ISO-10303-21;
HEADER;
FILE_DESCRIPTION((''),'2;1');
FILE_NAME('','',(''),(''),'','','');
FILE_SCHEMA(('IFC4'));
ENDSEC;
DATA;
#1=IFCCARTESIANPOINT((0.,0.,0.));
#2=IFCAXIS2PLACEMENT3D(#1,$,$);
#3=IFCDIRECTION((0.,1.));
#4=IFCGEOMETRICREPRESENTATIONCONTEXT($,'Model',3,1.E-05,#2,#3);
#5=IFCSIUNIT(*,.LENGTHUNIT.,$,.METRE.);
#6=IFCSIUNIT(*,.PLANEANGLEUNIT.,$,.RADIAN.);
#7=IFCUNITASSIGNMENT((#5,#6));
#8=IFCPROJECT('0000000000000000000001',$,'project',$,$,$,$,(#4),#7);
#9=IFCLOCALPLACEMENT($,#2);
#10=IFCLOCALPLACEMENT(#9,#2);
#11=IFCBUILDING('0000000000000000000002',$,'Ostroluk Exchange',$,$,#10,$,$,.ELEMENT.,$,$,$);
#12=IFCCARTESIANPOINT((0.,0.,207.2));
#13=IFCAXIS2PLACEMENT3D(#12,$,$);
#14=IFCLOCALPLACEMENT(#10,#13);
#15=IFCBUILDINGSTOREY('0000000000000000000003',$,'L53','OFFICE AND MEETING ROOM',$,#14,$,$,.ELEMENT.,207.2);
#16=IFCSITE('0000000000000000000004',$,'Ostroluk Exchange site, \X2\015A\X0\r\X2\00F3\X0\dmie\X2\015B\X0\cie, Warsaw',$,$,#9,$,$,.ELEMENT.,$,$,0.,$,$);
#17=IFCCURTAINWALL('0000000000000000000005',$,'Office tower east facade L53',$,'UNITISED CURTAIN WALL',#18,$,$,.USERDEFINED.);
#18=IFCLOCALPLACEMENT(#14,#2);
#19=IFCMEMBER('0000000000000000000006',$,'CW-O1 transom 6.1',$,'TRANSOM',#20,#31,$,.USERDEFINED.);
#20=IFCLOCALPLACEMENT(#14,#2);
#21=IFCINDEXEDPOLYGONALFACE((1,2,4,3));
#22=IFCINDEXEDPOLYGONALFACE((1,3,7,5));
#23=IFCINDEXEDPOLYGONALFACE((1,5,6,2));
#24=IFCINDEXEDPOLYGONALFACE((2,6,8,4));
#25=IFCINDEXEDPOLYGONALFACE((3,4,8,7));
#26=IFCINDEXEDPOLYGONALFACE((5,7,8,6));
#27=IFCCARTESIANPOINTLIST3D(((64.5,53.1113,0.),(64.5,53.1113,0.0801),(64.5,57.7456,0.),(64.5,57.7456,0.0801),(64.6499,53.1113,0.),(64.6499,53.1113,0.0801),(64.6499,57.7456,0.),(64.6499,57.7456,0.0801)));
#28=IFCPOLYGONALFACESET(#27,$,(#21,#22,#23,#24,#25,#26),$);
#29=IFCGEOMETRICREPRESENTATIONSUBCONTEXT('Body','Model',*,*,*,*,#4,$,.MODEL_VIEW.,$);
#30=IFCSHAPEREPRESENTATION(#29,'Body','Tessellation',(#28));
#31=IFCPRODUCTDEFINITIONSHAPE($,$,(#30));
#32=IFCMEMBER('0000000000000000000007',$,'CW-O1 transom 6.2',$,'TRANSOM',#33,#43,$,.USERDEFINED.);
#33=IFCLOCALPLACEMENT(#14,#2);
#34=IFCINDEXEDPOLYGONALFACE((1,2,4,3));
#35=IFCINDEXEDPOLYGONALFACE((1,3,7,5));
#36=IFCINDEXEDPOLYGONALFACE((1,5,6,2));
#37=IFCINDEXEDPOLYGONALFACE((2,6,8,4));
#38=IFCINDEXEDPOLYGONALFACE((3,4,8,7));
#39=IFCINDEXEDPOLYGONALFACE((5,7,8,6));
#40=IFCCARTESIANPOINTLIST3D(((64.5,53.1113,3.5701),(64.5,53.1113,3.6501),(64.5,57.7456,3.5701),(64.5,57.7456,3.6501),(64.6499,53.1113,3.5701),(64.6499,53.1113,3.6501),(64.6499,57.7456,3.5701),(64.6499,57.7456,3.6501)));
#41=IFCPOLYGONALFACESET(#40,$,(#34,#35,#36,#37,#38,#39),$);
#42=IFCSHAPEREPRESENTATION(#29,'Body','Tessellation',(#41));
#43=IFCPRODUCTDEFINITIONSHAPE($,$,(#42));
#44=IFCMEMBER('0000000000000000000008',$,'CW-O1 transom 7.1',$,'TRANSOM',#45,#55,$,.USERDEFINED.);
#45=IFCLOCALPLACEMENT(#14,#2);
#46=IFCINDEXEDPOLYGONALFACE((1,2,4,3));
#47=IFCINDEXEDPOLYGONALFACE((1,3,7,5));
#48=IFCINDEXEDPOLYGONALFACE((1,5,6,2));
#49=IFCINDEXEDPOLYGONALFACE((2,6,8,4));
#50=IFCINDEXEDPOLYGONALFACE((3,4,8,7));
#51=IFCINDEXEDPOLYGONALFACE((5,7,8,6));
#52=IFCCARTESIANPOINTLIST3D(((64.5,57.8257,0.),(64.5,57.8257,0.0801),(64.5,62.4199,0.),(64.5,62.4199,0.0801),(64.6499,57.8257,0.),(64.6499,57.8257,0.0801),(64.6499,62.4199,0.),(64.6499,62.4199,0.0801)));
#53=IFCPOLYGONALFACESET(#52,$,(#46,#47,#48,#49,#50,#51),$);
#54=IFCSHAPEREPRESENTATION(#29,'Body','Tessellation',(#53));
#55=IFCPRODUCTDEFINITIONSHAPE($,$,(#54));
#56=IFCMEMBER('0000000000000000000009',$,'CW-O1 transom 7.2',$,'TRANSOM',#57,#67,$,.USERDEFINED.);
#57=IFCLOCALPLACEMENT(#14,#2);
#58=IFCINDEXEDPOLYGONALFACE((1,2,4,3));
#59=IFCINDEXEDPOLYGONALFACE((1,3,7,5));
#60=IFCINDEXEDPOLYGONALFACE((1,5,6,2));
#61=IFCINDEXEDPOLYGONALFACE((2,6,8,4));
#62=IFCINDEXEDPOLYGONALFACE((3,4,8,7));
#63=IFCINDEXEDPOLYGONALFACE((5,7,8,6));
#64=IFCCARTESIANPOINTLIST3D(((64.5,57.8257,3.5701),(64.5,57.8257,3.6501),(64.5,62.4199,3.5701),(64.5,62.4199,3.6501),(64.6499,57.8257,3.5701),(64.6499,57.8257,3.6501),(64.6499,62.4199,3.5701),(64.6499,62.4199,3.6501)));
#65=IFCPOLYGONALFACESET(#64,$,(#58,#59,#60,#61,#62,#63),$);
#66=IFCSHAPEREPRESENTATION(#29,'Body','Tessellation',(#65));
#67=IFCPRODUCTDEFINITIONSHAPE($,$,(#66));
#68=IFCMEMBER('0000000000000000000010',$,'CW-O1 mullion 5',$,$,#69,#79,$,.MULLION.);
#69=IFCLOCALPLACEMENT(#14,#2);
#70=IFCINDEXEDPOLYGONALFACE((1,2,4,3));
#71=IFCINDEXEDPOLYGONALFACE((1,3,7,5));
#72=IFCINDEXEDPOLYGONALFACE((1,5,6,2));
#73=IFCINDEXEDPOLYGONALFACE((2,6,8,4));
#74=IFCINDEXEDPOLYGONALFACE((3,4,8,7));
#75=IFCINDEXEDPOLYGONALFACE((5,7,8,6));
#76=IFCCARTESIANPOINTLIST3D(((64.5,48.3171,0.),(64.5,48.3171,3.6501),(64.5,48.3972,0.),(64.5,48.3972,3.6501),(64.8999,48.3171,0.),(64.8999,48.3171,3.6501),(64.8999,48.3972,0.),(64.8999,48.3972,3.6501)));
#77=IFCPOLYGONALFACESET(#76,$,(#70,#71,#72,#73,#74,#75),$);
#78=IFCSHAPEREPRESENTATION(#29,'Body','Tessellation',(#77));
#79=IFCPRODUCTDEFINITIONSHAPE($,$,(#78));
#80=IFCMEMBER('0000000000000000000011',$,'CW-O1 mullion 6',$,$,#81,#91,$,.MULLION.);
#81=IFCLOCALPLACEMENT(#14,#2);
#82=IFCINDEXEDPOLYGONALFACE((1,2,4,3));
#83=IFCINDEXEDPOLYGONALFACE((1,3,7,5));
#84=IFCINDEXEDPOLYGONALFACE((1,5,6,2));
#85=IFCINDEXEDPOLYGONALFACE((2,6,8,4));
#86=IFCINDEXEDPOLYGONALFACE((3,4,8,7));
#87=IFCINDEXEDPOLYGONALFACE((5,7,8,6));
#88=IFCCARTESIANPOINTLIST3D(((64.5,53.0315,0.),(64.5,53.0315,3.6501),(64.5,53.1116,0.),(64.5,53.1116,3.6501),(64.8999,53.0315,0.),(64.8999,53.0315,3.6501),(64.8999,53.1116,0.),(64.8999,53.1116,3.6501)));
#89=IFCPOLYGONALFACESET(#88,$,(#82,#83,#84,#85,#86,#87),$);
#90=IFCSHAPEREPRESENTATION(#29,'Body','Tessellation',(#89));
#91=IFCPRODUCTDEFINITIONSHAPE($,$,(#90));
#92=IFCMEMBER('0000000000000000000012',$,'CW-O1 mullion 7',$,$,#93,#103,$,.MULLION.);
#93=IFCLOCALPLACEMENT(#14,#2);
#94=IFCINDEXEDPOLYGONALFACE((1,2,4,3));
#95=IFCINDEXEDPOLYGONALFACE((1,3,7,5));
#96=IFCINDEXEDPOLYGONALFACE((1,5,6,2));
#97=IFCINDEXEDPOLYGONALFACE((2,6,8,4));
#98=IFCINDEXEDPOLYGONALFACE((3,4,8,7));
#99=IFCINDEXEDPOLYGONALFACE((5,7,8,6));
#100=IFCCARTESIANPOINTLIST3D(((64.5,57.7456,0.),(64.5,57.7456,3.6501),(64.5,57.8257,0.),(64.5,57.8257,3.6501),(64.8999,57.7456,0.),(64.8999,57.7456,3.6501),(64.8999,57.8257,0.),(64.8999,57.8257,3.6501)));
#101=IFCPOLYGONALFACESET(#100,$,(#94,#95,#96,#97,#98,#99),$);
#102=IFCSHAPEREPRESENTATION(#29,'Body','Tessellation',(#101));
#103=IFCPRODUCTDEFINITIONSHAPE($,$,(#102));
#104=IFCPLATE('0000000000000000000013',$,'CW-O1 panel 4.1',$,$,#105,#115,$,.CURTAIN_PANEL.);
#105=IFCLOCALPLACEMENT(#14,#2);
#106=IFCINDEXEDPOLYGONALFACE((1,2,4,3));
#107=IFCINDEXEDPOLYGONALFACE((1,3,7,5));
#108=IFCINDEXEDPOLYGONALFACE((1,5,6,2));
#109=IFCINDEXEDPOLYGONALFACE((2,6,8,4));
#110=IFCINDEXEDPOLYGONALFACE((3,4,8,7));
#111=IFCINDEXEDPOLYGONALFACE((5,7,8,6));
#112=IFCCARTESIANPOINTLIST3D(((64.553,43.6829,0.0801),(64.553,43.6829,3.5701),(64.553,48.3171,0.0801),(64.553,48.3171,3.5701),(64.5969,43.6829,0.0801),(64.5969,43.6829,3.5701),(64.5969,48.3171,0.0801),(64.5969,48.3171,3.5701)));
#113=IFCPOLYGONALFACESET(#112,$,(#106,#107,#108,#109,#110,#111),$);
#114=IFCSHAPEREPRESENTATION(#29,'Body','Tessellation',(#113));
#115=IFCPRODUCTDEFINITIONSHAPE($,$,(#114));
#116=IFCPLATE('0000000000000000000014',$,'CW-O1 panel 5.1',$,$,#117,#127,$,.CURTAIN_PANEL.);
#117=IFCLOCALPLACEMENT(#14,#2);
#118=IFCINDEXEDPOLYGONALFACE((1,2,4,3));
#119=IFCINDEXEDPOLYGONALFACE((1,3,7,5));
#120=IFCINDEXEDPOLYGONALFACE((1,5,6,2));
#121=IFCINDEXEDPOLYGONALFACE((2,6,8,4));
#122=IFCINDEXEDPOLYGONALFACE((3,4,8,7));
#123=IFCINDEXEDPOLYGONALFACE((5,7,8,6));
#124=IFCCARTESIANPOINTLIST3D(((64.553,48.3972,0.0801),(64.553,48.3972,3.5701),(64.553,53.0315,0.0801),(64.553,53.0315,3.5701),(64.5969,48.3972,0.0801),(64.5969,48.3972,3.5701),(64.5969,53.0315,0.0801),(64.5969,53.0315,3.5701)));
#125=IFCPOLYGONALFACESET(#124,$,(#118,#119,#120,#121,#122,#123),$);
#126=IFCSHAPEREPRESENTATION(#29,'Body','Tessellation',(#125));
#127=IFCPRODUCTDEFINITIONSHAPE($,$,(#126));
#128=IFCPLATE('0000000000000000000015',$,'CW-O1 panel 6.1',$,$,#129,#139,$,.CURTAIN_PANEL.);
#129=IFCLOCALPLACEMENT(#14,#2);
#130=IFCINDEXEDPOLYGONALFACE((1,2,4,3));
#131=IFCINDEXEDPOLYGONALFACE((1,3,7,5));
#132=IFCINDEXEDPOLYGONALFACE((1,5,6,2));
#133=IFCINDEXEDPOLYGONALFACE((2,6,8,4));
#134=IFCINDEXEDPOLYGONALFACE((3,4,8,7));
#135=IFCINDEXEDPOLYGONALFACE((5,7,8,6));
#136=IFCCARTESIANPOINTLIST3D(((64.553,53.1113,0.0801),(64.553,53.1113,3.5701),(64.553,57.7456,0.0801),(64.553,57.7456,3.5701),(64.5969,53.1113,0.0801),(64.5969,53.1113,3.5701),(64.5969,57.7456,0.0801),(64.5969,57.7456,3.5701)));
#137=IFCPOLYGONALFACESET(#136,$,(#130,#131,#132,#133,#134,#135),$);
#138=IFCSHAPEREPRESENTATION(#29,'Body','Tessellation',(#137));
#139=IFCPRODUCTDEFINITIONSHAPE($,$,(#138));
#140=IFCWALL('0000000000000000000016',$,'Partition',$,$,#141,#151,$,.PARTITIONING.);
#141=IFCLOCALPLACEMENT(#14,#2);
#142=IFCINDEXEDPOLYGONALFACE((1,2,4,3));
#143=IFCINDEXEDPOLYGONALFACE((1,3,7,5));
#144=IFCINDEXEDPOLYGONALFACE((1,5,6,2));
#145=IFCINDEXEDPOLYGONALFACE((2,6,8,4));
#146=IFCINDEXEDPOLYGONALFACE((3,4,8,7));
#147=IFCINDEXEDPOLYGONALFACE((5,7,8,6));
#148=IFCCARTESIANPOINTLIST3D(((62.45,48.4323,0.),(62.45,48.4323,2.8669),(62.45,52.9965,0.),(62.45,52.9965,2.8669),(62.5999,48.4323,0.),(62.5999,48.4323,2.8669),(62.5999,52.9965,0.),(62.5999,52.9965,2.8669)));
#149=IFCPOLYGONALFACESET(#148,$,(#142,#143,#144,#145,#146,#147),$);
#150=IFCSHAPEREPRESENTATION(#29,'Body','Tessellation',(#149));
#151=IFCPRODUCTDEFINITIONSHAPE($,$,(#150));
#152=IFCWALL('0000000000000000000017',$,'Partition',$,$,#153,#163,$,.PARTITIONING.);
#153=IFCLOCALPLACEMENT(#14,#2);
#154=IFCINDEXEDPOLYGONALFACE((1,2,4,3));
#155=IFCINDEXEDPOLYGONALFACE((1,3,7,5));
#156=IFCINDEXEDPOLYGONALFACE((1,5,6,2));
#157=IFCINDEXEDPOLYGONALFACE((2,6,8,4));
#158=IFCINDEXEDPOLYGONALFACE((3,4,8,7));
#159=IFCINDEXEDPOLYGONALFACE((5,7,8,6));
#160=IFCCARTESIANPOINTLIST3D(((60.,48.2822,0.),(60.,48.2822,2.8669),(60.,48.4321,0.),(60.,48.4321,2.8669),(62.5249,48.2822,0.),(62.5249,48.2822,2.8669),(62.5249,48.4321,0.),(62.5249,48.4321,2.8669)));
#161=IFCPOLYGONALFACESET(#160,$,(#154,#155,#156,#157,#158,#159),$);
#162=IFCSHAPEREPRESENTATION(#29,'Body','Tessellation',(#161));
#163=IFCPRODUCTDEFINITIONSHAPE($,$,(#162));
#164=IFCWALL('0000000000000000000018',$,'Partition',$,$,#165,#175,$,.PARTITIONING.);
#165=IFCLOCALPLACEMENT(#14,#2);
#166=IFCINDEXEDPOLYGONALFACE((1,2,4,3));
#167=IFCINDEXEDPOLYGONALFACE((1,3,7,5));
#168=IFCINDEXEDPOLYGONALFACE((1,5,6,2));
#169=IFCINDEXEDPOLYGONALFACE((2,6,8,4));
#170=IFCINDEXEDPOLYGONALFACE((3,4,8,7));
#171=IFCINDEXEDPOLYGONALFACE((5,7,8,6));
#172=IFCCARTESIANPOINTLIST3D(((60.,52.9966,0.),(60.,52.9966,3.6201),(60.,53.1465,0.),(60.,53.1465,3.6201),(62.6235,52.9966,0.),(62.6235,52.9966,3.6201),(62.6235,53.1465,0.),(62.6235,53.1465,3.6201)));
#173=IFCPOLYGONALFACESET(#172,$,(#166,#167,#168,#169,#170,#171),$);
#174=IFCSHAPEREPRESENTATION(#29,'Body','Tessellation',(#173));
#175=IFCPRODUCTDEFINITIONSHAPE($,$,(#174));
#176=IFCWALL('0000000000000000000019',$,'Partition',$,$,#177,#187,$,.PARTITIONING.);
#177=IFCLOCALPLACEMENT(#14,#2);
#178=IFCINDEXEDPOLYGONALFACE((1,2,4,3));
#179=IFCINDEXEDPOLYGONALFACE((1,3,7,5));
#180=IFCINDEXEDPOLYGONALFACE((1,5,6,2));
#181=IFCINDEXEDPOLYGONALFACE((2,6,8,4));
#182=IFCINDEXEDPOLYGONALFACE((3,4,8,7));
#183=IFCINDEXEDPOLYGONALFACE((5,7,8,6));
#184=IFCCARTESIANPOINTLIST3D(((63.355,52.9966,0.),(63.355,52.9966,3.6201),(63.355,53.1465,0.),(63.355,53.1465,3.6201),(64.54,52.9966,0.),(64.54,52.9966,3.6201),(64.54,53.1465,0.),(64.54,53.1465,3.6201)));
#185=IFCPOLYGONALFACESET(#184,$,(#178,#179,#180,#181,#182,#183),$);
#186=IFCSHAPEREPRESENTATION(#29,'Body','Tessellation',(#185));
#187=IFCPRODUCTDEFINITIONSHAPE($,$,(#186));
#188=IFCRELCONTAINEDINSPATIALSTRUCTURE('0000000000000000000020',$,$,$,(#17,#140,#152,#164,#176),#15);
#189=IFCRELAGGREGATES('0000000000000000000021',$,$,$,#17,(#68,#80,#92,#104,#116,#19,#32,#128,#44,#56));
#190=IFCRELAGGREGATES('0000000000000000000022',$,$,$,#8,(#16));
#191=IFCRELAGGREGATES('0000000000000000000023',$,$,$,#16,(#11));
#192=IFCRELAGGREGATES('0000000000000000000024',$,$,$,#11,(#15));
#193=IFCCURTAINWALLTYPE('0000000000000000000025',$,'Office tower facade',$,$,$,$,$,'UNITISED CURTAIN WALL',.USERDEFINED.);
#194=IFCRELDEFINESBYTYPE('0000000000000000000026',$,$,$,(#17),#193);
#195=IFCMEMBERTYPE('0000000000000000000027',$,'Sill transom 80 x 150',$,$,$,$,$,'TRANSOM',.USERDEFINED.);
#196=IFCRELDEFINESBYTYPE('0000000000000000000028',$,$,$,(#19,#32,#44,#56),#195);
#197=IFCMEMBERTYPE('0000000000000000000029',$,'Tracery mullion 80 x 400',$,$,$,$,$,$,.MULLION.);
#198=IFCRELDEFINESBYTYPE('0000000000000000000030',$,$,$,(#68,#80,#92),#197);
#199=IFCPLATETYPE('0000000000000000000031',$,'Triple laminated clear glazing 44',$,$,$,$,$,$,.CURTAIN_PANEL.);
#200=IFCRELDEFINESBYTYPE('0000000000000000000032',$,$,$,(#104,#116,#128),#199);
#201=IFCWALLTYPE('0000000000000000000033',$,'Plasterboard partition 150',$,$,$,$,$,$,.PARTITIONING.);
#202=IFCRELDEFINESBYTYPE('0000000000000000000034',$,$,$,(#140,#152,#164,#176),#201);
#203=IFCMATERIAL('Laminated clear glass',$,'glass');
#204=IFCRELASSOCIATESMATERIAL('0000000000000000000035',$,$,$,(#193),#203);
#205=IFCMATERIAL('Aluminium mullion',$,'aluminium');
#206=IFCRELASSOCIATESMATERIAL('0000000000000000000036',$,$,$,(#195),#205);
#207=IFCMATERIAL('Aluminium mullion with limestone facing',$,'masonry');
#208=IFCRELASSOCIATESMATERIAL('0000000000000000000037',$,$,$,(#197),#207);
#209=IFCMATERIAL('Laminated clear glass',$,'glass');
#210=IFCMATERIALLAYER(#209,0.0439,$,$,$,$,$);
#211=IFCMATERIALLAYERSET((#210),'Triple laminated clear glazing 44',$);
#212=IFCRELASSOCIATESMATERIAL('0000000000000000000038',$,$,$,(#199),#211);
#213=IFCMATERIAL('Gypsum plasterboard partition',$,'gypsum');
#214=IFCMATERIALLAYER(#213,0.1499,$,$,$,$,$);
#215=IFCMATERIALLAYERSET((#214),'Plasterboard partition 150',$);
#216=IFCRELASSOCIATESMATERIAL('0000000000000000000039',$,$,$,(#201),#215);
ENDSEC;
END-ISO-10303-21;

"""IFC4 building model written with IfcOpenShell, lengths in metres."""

from ifc_helpers import new_model, si_unit, direction, frame, frame_2d, origin, origin_2d, place, context, subcontext, project, spatial, rectangle, extrude, material, layer, layer_set, material_profile, profile_set, type_object, element, aggregate, save


model = new_model("IFC4")

# Units and contexts
model_context = context("Model", 3, precision=1e-05, world=origin(), true_north=direction((0.0, 1.0)))
body_context = subcontext(model_context, "Body", "Model", "MODEL_VIEW")
ifc_project = project(units=[si_unit("LENGTHUNIT", "METRE"), si_unit("PLANEANGLEUNIT", "RADIAN")], contexts=[model_context])

# Site, building, storey
site_placement = place(None, origin())
site = spatial("IfcSite", under=ifc_project, at=site_placement, Name="Ostroluk Exchange site, Śródmieście, Warsaw", CompositionType="ELEMENT", RefElevation=0.0)
building_placement = place(site_placement, origin())
building = spatial("IfcBuilding", under=site, at=building_placement, Name="Ostroluk Exchange", CompositionType="ELEMENT")
storey_placement = place(building_placement, frame((0.0, 0.0, 207.2)))
storey = spatial("IfcBuildingStorey", under=building, at=storey_placement, Name="L53", Description="OFFICE AND MEETING ROOM", CompositionType="ELEMENT", Elevation=207.2)

# Curtain wall, members, plates
ifc_material_1 = material(Name="Laminated clear glass", Category="glass")
curtain_wall_type = type_object("IfcCurtainWallType", Name="Office tower facade", ElementType="UNITISED CURTAIN WALL", PredefinedType="USERDEFINED", material=ifc_material_1)
curtain_wall_placement = place(storey_placement, origin())
curtain_wall = element("IfcCurtainWall", 1, at=curtain_wall_placement, inside=storey, type_object=curtain_wall_type, Name="Office tower east facade L53", ObjectType="UNITISED CURTAIN WALL", PredefinedType="USERDEFINED")
ifc_material_2 = material(Name="Aluminium mullion", Category="aluminium")
ifc_material_profile_1 = material_profile(ifc_material_2, rectangle(XDim=0.1499, YDim=0.0801, at=origin_2d()), Name="Sill transom 80 x 150")
ifc_profile_set_1 = profile_set([ifc_material_profile_1], Name="Aluminium mullion")
member_type_1 = type_object("IfcMemberType", Name="Sill transom 80 x 150", ElementType="TRANSOM", PredefinedType="USERDEFINED", material=ifc_profile_set_1)
member_1_placement = place(storey_placement, frame((64.575, 53.1113, 0.04), z_axis=(0.0, 1.0, 0.0), x_axis=(-1.0, 0.0, 0.0)))
member_1 = element("IfcMember", 2, at=member_1_placement, type_object=member_type_1, Name="CW-O1 transom 6.1", ObjectType="TRANSOM", PredefinedType="USERDEFINED", context=body_context, shape_type="SweptSolid", body=[
    extrude(rectangle(XDim=0.1499, YDim=0.0801, at=origin_2d()), origin(), (0.0, 0.0, 1.0), 4.6343),
])
member_2_placement = place(storey_placement, frame((64.575, 53.1113, 3.6101), z_axis=(0.0, 1.0, 0.0), x_axis=(-1.0, 0.0, 0.0)))
member_2 = element("IfcMember", 3, at=member_2_placement, type_object=member_type_1, Name="CW-O1 transom 6.2", ObjectType="TRANSOM", PredefinedType="USERDEFINED", context=body_context, shape_type="SweptSolid", body=[
    extrude(rectangle(XDim=0.1499, YDim=0.0801, at=origin_2d()), origin(), (0.0, 0.0, 1.0), 4.6343),
])
member_3_placement = place(storey_placement, frame((64.575, 57.8257, 0.04), z_axis=(0.0, 1.0, 0.0), x_axis=(-1.0, 0.0, 0.0)))
member_3 = element("IfcMember", 4, at=member_3_placement, type_object=member_type_1, Name="CW-O1 transom 7.1", ObjectType="TRANSOM", PredefinedType="USERDEFINED", context=body_context, shape_type="SweptSolid", body=[
    extrude(rectangle(XDim=0.1499, YDim=0.0801, at=origin_2d()), origin(), (0.0, 0.0, 1.0), 4.5942),
])
member_4_placement = place(storey_placement, frame((64.575, 57.8257, 3.6101), z_axis=(0.0, 1.0, 0.0), x_axis=(-1.0, 0.0, 0.0)))
member_4 = element("IfcMember", 5, at=member_4_placement, type_object=member_type_1, Name="CW-O1 transom 7.2", ObjectType="TRANSOM", PredefinedType="USERDEFINED", context=body_context, shape_type="SweptSolid", body=[
    extrude(rectangle(XDim=0.1499, YDim=0.0801, at=origin_2d()), origin(), (0.0, 0.0, 1.0), 4.5942),
])
ifc_material_3 = material(Name="Aluminium mullion with limestone facing", Category="masonry")
ifc_material_profile_2 = material_profile(ifc_material_3, rectangle(XDim=0.3999, YDim=0.0801, at=origin_2d()), Name="Tracery mullion 80 x 400")
ifc_profile_set_2 = profile_set([ifc_material_profile_2], Name="Aluminium mullion with limestone facing")
member_type_2 = type_object("IfcMemberType", Name="Tracery mullion 80 x 400", PredefinedType="MULLION", material=ifc_profile_set_2)
member_5_placement = place(storey_placement, frame((64.7, 48.3572, 0.0), z_axis=(0.0, 0.0, 1.0), x_axis=(-1.0, 0.0, 0.0)))
member_5 = element("IfcMember", 6, at=member_5_placement, type_object=member_type_2, Name="CW-O1 mullion 5", PredefinedType="MULLION", context=body_context, shape_type="SweptSolid", body=[
    extrude(rectangle(XDim=0.3999, YDim=0.0801, at=origin_2d()), origin(), (0.0, 0.0, 1.0), 3.6501),
])
member_6_placement = place(storey_placement, frame((64.7, 53.0715, 0.0), z_axis=(0.0, 0.0, 1.0), x_axis=(-1.0, 0.0, 0.0)))
member_6 = element("IfcMember", 7, at=member_6_placement, type_object=member_type_2, Name="CW-O1 mullion 6", PredefinedType="MULLION", context=body_context, shape_type="SweptSolid", body=[
    extrude(rectangle(XDim=0.3999, YDim=0.0801, at=origin_2d()), origin(), (0.0, 0.0, 1.0), 3.6501),
])
member_7_placement = place(storey_placement, frame((64.7, 57.7856, 0.0), z_axis=(0.0, 0.0, 1.0), x_axis=(-1.0, 0.0, 0.0)))
member_7 = element("IfcMember", 8, at=member_7_placement, type_object=member_type_2, Name="CW-O1 mullion 7", PredefinedType="MULLION", context=body_context, shape_type="SweptSolid", body=[
    extrude(rectangle(XDim=0.3999, YDim=0.0801, at=origin_2d()), origin(), (0.0, 0.0, 1.0), 3.6501),
])
ifc_material_4 = material(Name="Laminated clear glass", Category="glass")
ifc_layer_1 = layer(ifc_material_4, 0.0439)
ifc_layer_set_1 = layer_set([ifc_layer_1], Name="Triple laminated clear glazing 44")
plate_type = type_object("IfcPlateType", Name="Triple laminated clear glazing 44", PredefinedType="CURTAIN_PANEL", material=ifc_layer_set_1)
plate_1_placement = place(storey_placement, frame((64.575, 46.0, 0.0801), z_axis=(0.0, 0.0, 1.0), x_axis=(0.0, 1.0, 0.0)))
plate_1 = element("IfcPlate", 9, at=plate_1_placement, type_object=plate_type, Name="CW-O1 panel 4.1", PredefinedType="CURTAIN_PANEL", context=body_context, shape_type="SweptSolid", body=[
    extrude(rectangle(XDim=4.6343, YDim=0.0439, at=origin_2d()), origin(), (0.0, 0.0, 1.0), 3.49),
])
plate_2_placement = place(storey_placement, frame((64.575, 50.7144, 0.0801), z_axis=(0.0, 0.0, 1.0), x_axis=(0.0, 1.0, 0.0)))
plate_2 = element("IfcPlate", 10, at=plate_2_placement, type_object=plate_type, Name="CW-O1 panel 5.1", PredefinedType="CURTAIN_PANEL", context=body_context, shape_type="SweptSolid", body=[
    extrude(rectangle(XDim=4.6343, YDim=0.0439, at=origin_2d()), origin(), (0.0, 0.0, 1.0), 3.49),
])
plate_3_placement = place(storey_placement, frame((64.575, 55.4285, 0.0801), z_axis=(0.0, 0.0, 1.0), x_axis=(0.0, 1.0, 0.0)))
plate_3 = element("IfcPlate", 11, at=plate_3_placement, type_object=plate_type, Name="CW-O1 panel 6.1", PredefinedType="CURTAIN_PANEL", context=body_context, shape_type="SweptSolid", body=[
    extrude(rectangle(XDim=4.6343, YDim=0.0439, at=origin_2d()), origin(), (0.0, 0.0, 1.0), 3.49),
])
aggregate(curtain_wall, [member_5, member_6, member_7, plate_1, plate_2, member_1, member_2, plate_3, member_3, member_4])

# Walls
ifc_material_5 = material(Name="Gypsum plasterboard partition", Category="gypsum")
ifc_layer_2 = layer(ifc_material_5, 0.1499)
ifc_layer_set_2 = layer_set([ifc_layer_2], Name="Plasterboard partition 150")
wall_type = type_object("IfcWallType", Name="Plasterboard partition 150", PredefinedType="PARTITIONING", material=ifc_layer_set_2)
wall_1_placement = place(storey_placement, frame((62.5249, 48.4321, 0.0), z_axis=(0.0, 0.0, 1.0), x_axis=(0.0, 1.0, 0.0)))
element("IfcWall", 12, at=wall_1_placement, inside=storey, type_object=wall_type, Name="Partition", PredefinedType="PARTITIONING", context=body_context, shape_type="SweptSolid", body=[
    extrude(rectangle(XDim=4.5642, YDim=0.1499, at=frame_2d((2.2822, 0.0))), origin(), (0.0, 0.0, 1.0), 2.8669),
])
wall_2_placement = place(storey_placement, frame((60.0, 48.3572, 0.0), z_axis=(0.0, 0.0, 1.0), x_axis=(1.0, 0.0, 0.0)))
element("IfcWall", 13, at=wall_2_placement, inside=storey, type_object=wall_type, Name="Partition", PredefinedType="PARTITIONING", context=body_context, shape_type="SweptSolid", body=[
    extrude(rectangle(XDim=2.5249, YDim=0.1499, at=frame_2d((1.2625, 0.0))), origin(), (0.0, 0.0, 1.0), 2.8669),
])
wall_3_placement = place(storey_placement, frame((60.0, 53.0715, 0.0), z_axis=(0.0, 0.0, 1.0), x_axis=(1.0, 0.0, 0.0)))
element("IfcWall", 14, at=wall_3_placement, inside=storey, type_object=wall_type, Name="Partition", PredefinedType="PARTITIONING", context=body_context, shape_type="SweptSolid", body=[
    extrude(rectangle(XDim=2.6235, YDim=0.1499, at=frame_2d((1.3118, 0.0))), origin(), (0.0, 0.0, 1.0), 3.6201),
])
wall_4_placement = place(storey_placement, frame((63.355, 53.0715, 0.0), z_axis=(0.0, 0.0, 1.0), x_axis=(1.0, 0.0, 0.0)))
element("IfcWall", 15, at=wall_4_placement, inside=storey, type_object=wall_type, Name="Partition", PredefinedType="PARTITIONING", context=body_context, shape_type="SweptSolid", body=[
    extrude(rectangle(XDim=1.1851, YDim=0.1499, at=frame_2d((0.5925, 0.0))), origin(), (0.0, 0.0, 1.0), 3.6201),
])

save(model, "model.ifc")
